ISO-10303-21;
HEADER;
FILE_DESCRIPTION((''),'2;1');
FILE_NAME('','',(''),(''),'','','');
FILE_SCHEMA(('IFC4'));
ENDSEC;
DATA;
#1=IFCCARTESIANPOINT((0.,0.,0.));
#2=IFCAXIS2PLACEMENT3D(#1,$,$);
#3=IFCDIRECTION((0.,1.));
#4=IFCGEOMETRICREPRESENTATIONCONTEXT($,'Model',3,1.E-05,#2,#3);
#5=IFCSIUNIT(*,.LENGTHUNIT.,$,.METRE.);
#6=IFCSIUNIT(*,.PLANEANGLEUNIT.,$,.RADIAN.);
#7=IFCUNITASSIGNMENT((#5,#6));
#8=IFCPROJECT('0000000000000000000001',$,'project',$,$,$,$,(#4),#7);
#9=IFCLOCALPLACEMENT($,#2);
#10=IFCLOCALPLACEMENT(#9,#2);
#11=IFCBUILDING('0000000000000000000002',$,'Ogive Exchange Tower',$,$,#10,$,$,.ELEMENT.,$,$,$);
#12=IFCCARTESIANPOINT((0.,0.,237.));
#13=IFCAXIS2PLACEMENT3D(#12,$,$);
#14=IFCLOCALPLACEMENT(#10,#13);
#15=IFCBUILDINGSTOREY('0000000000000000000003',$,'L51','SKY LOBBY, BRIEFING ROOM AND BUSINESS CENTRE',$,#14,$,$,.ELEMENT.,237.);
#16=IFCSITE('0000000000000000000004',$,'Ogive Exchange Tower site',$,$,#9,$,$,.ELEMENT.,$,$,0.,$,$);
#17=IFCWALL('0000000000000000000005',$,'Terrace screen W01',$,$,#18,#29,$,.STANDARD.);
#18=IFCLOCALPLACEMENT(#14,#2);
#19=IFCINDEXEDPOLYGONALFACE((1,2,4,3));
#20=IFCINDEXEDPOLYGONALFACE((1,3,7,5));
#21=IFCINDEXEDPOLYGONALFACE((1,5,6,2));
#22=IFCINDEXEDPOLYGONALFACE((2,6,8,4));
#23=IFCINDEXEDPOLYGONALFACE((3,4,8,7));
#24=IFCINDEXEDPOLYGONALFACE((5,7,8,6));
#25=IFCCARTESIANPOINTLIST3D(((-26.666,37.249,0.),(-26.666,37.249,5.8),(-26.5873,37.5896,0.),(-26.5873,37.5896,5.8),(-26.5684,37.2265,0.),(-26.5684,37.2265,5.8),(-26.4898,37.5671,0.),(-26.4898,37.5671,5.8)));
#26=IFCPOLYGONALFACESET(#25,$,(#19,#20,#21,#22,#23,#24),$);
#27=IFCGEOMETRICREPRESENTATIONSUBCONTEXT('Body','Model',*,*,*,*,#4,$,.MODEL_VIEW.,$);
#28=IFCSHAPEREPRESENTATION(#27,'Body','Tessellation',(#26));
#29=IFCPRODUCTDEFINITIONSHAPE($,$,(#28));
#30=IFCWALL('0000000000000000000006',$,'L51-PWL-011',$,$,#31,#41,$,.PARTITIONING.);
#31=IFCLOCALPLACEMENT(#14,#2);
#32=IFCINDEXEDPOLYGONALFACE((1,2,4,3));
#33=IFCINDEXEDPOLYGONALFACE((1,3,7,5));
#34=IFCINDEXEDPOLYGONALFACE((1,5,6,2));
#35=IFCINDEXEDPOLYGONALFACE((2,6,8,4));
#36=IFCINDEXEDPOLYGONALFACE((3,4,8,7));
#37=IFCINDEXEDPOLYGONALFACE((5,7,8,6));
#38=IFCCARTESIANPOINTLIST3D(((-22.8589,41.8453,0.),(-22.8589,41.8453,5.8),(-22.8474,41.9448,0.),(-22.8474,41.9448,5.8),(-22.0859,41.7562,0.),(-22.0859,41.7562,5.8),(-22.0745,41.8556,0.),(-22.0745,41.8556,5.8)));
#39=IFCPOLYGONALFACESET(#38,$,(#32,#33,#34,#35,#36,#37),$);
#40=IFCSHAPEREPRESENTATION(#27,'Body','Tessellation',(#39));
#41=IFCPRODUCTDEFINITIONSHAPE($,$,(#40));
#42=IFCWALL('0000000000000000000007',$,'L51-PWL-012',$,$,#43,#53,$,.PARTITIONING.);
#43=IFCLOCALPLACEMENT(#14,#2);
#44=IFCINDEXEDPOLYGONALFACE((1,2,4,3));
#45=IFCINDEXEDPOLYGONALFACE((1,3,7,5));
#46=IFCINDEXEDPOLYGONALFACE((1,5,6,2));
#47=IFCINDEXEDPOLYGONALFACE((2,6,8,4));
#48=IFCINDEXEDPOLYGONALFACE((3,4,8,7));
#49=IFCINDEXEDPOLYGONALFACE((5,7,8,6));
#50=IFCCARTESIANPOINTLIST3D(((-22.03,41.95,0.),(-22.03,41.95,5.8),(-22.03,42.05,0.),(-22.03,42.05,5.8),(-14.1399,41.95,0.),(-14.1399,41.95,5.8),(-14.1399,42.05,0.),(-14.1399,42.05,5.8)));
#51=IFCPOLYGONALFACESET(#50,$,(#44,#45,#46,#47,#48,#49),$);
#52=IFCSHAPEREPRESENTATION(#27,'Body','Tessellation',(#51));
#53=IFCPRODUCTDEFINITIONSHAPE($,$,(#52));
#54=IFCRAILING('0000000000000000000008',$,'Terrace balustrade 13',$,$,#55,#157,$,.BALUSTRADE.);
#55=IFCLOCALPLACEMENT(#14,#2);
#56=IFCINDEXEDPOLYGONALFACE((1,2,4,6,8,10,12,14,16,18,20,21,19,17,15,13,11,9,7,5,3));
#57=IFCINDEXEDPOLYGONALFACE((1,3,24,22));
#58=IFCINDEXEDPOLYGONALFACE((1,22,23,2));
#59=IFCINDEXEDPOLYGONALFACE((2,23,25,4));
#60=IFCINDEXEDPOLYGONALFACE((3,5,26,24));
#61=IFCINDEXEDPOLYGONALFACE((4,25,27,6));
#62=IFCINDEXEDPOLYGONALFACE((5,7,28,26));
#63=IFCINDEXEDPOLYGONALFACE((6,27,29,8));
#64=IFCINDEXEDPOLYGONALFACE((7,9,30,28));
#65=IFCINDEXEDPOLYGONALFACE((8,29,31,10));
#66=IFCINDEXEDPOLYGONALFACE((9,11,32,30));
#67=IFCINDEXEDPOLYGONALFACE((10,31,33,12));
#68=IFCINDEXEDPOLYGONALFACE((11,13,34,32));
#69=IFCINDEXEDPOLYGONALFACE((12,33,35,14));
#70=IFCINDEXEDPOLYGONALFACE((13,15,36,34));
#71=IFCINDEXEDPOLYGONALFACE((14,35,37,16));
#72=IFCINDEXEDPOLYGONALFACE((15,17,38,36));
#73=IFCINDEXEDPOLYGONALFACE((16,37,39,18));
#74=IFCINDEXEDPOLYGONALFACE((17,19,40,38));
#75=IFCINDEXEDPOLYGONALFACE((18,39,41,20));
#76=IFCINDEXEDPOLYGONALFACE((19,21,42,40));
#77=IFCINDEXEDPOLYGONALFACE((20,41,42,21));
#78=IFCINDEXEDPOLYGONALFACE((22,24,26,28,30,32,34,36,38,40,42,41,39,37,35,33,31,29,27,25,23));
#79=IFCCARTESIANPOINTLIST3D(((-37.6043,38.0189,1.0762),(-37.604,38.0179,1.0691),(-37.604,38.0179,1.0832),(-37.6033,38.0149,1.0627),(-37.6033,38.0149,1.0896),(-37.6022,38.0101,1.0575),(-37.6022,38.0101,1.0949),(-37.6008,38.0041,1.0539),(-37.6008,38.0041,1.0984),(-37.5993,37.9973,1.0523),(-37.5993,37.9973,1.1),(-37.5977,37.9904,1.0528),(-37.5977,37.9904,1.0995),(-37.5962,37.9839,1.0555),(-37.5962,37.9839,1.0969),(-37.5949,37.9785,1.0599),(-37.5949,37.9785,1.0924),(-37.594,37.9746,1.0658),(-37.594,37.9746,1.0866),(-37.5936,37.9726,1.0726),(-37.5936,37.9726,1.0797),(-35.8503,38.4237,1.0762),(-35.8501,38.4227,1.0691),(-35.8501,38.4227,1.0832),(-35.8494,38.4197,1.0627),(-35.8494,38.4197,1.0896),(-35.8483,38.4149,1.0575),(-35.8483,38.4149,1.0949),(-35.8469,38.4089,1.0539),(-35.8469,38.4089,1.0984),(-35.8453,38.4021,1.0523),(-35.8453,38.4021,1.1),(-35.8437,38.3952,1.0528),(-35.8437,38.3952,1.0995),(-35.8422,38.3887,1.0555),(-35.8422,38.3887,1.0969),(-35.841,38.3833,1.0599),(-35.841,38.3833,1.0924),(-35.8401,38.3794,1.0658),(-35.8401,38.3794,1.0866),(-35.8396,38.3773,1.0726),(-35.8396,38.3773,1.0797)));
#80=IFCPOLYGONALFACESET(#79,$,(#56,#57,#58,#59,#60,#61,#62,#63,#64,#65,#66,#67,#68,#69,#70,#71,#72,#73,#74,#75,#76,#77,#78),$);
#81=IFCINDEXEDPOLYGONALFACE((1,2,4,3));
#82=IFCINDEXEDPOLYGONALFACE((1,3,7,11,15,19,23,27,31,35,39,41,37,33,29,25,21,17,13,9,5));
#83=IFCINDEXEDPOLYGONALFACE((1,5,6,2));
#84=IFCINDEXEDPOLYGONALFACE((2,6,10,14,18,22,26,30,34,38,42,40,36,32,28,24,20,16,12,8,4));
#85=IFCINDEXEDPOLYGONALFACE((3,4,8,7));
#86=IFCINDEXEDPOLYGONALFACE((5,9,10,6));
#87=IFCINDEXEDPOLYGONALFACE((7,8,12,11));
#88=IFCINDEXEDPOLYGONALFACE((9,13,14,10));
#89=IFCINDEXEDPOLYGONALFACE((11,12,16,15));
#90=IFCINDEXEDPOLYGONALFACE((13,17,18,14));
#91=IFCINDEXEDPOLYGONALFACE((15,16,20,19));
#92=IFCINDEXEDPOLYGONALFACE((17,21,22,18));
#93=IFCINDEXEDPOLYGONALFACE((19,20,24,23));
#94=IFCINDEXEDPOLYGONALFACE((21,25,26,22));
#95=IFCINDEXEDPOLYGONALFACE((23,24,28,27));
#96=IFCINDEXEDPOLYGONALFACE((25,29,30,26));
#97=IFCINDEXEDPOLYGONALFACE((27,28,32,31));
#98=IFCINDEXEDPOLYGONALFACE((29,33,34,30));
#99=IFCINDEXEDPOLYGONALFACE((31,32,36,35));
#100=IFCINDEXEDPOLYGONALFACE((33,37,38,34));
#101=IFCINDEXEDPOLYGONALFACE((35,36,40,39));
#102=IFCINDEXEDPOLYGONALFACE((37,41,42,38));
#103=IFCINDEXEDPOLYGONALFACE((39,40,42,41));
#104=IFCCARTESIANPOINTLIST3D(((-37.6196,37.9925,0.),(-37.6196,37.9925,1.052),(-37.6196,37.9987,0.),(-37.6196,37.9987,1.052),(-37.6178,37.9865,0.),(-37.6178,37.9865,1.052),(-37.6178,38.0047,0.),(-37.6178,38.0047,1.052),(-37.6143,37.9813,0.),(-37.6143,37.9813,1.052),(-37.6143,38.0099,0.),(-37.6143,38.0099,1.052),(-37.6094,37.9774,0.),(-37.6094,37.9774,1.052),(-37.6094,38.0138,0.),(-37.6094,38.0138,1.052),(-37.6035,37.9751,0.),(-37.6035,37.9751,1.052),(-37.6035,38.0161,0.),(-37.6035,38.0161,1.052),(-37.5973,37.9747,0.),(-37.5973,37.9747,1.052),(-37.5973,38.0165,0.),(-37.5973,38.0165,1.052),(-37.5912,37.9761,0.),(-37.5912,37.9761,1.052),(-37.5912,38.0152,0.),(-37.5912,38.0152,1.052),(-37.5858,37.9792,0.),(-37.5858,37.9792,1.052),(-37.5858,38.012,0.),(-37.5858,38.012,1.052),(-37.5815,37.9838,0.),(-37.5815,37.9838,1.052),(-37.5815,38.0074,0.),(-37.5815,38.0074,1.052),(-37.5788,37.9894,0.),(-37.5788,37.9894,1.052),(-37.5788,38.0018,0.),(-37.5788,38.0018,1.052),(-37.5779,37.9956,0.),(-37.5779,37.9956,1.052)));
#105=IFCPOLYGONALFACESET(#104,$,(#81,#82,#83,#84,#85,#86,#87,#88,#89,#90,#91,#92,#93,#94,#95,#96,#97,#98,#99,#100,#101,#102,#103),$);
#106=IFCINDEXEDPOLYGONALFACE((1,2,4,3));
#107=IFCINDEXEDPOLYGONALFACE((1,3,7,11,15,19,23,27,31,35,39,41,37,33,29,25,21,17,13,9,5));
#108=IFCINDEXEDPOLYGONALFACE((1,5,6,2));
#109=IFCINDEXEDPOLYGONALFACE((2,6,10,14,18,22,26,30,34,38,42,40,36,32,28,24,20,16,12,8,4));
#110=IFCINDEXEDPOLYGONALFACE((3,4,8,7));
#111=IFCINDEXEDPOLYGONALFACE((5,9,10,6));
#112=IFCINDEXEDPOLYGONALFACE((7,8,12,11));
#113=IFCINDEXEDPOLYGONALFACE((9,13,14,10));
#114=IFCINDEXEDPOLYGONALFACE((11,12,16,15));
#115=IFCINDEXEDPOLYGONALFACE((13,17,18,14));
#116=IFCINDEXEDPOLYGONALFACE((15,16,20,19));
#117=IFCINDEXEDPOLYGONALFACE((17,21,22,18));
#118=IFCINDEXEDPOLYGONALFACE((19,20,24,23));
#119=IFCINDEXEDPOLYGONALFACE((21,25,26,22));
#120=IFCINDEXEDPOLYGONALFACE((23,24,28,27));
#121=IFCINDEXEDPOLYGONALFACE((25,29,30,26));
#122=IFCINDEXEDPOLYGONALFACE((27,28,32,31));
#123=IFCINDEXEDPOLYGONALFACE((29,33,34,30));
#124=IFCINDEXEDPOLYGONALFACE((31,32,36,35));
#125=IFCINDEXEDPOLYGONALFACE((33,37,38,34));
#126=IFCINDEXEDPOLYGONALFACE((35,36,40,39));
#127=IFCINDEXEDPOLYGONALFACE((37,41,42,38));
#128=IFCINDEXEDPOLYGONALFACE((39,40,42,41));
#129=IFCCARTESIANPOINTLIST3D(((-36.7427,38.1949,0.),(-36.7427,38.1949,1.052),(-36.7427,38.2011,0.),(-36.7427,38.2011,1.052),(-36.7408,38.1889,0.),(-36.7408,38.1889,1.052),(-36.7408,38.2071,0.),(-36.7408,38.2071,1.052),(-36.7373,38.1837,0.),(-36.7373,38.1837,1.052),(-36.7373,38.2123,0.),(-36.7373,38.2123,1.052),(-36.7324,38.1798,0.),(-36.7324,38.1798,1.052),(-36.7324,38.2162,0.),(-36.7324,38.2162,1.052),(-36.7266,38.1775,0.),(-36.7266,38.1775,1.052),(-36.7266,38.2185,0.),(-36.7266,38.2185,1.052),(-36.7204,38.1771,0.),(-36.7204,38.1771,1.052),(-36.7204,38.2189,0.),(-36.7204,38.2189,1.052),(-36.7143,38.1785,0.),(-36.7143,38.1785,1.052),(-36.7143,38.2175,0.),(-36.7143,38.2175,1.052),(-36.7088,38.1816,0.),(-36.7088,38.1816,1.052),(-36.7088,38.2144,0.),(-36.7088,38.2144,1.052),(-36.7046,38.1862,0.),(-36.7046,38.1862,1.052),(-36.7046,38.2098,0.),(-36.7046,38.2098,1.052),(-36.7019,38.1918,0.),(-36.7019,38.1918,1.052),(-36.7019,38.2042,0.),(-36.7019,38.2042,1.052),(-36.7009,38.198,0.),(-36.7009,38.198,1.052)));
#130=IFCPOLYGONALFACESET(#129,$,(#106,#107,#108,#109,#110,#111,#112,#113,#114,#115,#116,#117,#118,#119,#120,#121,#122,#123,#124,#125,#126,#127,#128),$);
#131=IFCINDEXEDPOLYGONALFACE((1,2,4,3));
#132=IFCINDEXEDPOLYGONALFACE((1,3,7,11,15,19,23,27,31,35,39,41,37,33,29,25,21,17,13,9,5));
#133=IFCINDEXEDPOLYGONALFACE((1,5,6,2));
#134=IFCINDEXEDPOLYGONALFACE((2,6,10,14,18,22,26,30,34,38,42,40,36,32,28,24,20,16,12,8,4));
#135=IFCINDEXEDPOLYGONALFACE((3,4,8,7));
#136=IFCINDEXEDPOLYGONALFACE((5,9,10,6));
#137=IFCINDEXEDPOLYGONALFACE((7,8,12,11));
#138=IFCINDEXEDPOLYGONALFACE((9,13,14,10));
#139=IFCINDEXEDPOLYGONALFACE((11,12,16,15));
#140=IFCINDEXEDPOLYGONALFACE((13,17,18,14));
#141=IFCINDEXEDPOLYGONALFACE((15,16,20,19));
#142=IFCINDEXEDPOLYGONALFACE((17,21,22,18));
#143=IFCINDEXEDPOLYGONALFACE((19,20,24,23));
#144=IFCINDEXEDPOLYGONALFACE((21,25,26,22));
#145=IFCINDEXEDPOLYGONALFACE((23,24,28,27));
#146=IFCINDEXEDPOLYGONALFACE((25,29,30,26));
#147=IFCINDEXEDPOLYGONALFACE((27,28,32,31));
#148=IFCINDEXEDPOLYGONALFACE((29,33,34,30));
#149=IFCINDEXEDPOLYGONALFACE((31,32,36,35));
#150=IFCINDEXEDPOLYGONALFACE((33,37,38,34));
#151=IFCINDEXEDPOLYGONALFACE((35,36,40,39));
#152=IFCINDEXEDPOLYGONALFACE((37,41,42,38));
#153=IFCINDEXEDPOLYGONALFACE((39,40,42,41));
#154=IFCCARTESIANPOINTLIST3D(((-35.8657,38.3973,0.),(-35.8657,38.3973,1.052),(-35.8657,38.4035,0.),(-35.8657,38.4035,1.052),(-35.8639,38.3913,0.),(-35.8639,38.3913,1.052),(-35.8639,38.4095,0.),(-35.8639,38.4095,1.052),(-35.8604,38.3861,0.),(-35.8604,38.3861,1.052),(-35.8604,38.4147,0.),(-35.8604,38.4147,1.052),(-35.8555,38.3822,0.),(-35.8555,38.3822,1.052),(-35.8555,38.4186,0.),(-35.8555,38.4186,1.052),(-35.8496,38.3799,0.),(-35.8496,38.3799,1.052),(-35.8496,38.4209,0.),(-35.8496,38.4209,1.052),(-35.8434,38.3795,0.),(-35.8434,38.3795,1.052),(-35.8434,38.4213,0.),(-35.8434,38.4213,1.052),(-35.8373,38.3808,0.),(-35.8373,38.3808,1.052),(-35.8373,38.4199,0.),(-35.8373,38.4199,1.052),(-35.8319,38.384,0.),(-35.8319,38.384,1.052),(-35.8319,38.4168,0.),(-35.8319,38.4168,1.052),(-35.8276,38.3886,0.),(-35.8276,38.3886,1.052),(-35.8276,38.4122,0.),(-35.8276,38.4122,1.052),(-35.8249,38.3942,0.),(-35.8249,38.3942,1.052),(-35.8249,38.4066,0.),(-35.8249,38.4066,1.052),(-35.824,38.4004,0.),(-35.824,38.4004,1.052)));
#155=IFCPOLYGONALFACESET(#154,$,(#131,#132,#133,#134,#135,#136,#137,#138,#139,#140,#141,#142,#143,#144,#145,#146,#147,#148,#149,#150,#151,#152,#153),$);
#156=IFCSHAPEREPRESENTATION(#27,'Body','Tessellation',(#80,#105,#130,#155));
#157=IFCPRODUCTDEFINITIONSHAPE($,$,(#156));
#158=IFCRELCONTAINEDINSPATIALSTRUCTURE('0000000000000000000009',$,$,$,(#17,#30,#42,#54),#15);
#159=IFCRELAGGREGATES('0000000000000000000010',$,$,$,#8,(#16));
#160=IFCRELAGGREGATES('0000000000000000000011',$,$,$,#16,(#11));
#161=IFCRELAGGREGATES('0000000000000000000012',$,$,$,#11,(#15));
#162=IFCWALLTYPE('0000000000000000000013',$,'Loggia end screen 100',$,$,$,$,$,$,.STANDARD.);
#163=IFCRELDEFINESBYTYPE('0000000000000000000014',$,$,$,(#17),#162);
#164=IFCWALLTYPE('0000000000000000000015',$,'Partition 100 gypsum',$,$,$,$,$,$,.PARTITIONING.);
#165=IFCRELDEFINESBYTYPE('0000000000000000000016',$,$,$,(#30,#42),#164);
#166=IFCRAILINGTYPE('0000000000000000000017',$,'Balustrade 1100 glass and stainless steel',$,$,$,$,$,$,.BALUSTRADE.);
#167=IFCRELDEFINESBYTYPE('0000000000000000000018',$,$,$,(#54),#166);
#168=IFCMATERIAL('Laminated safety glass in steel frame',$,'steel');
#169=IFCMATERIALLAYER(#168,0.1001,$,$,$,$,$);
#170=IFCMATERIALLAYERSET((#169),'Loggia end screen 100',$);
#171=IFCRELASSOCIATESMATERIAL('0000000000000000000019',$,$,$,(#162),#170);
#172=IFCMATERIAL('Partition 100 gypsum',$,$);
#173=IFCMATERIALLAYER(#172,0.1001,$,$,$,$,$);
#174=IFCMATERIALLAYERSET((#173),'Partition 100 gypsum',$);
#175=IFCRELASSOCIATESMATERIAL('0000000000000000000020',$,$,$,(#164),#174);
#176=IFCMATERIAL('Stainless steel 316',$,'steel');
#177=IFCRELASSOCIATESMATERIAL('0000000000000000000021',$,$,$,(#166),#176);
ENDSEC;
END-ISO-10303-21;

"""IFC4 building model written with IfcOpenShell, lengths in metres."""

from ifc_helpers import new_model, si_unit, direction, frame, frame_2d, origin, origin_2d, place, context, subcontext, project, spatial, rectangle, circle, extrude, material, layer, layer_set, type_object, element, save


model = new_model("IFC4")

# Units and contexts
model_context = context("Model", 3, precision=1e-05, world=origin(), true_north=direction((0.0, 1.0)))
body_context = subcontext(model_context, "Body", "Model", "MODEL_VIEW")
ifc_project = project(units=[si_unit("LENGTHUNIT", "METRE"), si_unit("PLANEANGLEUNIT", "RADIAN")], contexts=[model_context])

# Site, building, storey
site_placement = place(None, origin())
site = spatial("IfcSite", under=ifc_project, at=site_placement, Name="Ogive Exchange Tower site", CompositionType="ELEMENT", RefElevation=0.0)
building_placement = place(site_placement, origin())
building = spatial("IfcBuilding", under=site, at=building_placement, Name="Ogive Exchange Tower", CompositionType="ELEMENT")
storey_placement = place(building_placement, frame((0.0, 0.0, 237.0)))
storey = spatial("IfcBuildingStorey", under=building, at=storey_placement, Name="L51", Description="SKY LOBBY, BRIEFING ROOM AND BUSINESS CENTRE", CompositionType="ELEMENT", Elevation=237.0)

# Walls
ifc_material_1 = material(Name="Laminated safety glass in steel frame", Category="steel")
ifc_layer_1 = layer(ifc_material_1, 0.1001)
ifc_layer_set_1 = layer_set([ifc_layer_1], Name="Loggia end screen 100")
wall_type_1 = type_object("IfcWallType", Name="Loggia end screen 100", PredefinedType="STANDARD", material=ifc_layer_set_1)
wall_1_placement = place(storey_placement, frame((-26.5386, 37.5784, 0.0), z_axis=(0.0, 0.0, 1.0), x_axis=(-0.224911, -0.974379, 0.0)))
element("IfcWall", 1, at=wall_1_placement, inside=storey, type_object=wall_type_1, Name="Terrace screen W01", PredefinedType="STANDARD", context=body_context, shape_type="SweptSolid", body=[
    extrude(rectangle(XDim=0.3496, YDim=0.1001, at=frame_2d((0.1748, 0.0))), origin(), (0.0, 0.0, 1.0), 5.8),
])
ifc_material_2 = material(Name="Partition 100 gypsum")
ifc_layer_2 = layer(ifc_material_2, 0.1001)
ifc_layer_set_2 = layer_set([ifc_layer_2], Name="Partition 100 gypsum")
wall_type_2 = type_object("IfcWallType", Name="Partition 100 gypsum", PredefinedType="PARTITIONING", material=ifc_layer_set_2)
wall_2_placement = place(storey_placement, frame((-22.0801, 41.8059, 0.0), z_axis=(0.0, 0.0, 1.0), x_axis=(-0.99342, 0.114529, 0.0)))
element("IfcWall", 2, at=wall_2_placement, inside=storey, type_object=wall_type_2, Name="L51-PWL-011", PredefinedType="PARTITIONING", context=body_context, shape_type="SweptSolid", body=[
    extrude(rectangle(XDim=0.7781, YDim=0.1001, at=frame_2d((0.3892, 0.0))), origin(), (0.0, 0.0, 1.0), 5.8),
])
wall_3_placement = place(storey_placement, frame((-22.03, 42.0, 0.0), z_axis=(0.0, 0.0, 1.0), x_axis=(1.0, 0.0, 0.0)))
element("IfcWall", 3, at=wall_3_placement, inside=storey, type_object=wall_type_2, Name="L51-PWL-012", PredefinedType="PARTITIONING", context=body_context, shape_type="SweptSolid", body=[
    extrude(rectangle(XDim=7.8901, YDim=0.1001, at=frame_2d((3.9451, 0.0))), origin(), (0.0, 0.0, 1.0), 5.8),
])

# Railing
ifc_material_3 = material(Name="Stainless steel 316", Category="steel")
railing_type = type_object("IfcRailingType", Name="Balustrade 1100 glass and stainless steel", PredefinedType="BALUSTRADE", material=ifc_material_3)
railing_1_placement = place(storey_placement, frame((-37.5989, 37.9956, 0.0)))
element("IfcRailing", 4, at=railing_1_placement, inside=storey, type_object=railing_type, Name="Terrace balustrade 13", PredefinedType="BALUSTRADE", context=body_context, shape_type="SweptSolid", body=[
    extrude(circle(Radius=0.0239, at=origin_2d()), frame((0.0, 0.0, 1.0762), z_axis=(0.974387, 0.224879, 0.0), x_axis=(-0.224879, 0.974387, 0.0)), (0.0, 0.0, 1.0), 1.8),
    extrude(circle(Radius=0.021, at=origin_2d()), origin(), (0.0, 0.0, 1.0), 1.052),
    extrude(circle(Radius=0.021, at=origin_2d()), frame((0.877, 0.2024, 0.0)), (0.0, 0.0, 1.0), 1.052),
    extrude(circle(Radius=0.021, at=origin_2d()), frame((1.7539, 0.4048, 0.0)), (0.0, 0.0, 1.0), 1.052),
])

save(model, "model.ifc")
